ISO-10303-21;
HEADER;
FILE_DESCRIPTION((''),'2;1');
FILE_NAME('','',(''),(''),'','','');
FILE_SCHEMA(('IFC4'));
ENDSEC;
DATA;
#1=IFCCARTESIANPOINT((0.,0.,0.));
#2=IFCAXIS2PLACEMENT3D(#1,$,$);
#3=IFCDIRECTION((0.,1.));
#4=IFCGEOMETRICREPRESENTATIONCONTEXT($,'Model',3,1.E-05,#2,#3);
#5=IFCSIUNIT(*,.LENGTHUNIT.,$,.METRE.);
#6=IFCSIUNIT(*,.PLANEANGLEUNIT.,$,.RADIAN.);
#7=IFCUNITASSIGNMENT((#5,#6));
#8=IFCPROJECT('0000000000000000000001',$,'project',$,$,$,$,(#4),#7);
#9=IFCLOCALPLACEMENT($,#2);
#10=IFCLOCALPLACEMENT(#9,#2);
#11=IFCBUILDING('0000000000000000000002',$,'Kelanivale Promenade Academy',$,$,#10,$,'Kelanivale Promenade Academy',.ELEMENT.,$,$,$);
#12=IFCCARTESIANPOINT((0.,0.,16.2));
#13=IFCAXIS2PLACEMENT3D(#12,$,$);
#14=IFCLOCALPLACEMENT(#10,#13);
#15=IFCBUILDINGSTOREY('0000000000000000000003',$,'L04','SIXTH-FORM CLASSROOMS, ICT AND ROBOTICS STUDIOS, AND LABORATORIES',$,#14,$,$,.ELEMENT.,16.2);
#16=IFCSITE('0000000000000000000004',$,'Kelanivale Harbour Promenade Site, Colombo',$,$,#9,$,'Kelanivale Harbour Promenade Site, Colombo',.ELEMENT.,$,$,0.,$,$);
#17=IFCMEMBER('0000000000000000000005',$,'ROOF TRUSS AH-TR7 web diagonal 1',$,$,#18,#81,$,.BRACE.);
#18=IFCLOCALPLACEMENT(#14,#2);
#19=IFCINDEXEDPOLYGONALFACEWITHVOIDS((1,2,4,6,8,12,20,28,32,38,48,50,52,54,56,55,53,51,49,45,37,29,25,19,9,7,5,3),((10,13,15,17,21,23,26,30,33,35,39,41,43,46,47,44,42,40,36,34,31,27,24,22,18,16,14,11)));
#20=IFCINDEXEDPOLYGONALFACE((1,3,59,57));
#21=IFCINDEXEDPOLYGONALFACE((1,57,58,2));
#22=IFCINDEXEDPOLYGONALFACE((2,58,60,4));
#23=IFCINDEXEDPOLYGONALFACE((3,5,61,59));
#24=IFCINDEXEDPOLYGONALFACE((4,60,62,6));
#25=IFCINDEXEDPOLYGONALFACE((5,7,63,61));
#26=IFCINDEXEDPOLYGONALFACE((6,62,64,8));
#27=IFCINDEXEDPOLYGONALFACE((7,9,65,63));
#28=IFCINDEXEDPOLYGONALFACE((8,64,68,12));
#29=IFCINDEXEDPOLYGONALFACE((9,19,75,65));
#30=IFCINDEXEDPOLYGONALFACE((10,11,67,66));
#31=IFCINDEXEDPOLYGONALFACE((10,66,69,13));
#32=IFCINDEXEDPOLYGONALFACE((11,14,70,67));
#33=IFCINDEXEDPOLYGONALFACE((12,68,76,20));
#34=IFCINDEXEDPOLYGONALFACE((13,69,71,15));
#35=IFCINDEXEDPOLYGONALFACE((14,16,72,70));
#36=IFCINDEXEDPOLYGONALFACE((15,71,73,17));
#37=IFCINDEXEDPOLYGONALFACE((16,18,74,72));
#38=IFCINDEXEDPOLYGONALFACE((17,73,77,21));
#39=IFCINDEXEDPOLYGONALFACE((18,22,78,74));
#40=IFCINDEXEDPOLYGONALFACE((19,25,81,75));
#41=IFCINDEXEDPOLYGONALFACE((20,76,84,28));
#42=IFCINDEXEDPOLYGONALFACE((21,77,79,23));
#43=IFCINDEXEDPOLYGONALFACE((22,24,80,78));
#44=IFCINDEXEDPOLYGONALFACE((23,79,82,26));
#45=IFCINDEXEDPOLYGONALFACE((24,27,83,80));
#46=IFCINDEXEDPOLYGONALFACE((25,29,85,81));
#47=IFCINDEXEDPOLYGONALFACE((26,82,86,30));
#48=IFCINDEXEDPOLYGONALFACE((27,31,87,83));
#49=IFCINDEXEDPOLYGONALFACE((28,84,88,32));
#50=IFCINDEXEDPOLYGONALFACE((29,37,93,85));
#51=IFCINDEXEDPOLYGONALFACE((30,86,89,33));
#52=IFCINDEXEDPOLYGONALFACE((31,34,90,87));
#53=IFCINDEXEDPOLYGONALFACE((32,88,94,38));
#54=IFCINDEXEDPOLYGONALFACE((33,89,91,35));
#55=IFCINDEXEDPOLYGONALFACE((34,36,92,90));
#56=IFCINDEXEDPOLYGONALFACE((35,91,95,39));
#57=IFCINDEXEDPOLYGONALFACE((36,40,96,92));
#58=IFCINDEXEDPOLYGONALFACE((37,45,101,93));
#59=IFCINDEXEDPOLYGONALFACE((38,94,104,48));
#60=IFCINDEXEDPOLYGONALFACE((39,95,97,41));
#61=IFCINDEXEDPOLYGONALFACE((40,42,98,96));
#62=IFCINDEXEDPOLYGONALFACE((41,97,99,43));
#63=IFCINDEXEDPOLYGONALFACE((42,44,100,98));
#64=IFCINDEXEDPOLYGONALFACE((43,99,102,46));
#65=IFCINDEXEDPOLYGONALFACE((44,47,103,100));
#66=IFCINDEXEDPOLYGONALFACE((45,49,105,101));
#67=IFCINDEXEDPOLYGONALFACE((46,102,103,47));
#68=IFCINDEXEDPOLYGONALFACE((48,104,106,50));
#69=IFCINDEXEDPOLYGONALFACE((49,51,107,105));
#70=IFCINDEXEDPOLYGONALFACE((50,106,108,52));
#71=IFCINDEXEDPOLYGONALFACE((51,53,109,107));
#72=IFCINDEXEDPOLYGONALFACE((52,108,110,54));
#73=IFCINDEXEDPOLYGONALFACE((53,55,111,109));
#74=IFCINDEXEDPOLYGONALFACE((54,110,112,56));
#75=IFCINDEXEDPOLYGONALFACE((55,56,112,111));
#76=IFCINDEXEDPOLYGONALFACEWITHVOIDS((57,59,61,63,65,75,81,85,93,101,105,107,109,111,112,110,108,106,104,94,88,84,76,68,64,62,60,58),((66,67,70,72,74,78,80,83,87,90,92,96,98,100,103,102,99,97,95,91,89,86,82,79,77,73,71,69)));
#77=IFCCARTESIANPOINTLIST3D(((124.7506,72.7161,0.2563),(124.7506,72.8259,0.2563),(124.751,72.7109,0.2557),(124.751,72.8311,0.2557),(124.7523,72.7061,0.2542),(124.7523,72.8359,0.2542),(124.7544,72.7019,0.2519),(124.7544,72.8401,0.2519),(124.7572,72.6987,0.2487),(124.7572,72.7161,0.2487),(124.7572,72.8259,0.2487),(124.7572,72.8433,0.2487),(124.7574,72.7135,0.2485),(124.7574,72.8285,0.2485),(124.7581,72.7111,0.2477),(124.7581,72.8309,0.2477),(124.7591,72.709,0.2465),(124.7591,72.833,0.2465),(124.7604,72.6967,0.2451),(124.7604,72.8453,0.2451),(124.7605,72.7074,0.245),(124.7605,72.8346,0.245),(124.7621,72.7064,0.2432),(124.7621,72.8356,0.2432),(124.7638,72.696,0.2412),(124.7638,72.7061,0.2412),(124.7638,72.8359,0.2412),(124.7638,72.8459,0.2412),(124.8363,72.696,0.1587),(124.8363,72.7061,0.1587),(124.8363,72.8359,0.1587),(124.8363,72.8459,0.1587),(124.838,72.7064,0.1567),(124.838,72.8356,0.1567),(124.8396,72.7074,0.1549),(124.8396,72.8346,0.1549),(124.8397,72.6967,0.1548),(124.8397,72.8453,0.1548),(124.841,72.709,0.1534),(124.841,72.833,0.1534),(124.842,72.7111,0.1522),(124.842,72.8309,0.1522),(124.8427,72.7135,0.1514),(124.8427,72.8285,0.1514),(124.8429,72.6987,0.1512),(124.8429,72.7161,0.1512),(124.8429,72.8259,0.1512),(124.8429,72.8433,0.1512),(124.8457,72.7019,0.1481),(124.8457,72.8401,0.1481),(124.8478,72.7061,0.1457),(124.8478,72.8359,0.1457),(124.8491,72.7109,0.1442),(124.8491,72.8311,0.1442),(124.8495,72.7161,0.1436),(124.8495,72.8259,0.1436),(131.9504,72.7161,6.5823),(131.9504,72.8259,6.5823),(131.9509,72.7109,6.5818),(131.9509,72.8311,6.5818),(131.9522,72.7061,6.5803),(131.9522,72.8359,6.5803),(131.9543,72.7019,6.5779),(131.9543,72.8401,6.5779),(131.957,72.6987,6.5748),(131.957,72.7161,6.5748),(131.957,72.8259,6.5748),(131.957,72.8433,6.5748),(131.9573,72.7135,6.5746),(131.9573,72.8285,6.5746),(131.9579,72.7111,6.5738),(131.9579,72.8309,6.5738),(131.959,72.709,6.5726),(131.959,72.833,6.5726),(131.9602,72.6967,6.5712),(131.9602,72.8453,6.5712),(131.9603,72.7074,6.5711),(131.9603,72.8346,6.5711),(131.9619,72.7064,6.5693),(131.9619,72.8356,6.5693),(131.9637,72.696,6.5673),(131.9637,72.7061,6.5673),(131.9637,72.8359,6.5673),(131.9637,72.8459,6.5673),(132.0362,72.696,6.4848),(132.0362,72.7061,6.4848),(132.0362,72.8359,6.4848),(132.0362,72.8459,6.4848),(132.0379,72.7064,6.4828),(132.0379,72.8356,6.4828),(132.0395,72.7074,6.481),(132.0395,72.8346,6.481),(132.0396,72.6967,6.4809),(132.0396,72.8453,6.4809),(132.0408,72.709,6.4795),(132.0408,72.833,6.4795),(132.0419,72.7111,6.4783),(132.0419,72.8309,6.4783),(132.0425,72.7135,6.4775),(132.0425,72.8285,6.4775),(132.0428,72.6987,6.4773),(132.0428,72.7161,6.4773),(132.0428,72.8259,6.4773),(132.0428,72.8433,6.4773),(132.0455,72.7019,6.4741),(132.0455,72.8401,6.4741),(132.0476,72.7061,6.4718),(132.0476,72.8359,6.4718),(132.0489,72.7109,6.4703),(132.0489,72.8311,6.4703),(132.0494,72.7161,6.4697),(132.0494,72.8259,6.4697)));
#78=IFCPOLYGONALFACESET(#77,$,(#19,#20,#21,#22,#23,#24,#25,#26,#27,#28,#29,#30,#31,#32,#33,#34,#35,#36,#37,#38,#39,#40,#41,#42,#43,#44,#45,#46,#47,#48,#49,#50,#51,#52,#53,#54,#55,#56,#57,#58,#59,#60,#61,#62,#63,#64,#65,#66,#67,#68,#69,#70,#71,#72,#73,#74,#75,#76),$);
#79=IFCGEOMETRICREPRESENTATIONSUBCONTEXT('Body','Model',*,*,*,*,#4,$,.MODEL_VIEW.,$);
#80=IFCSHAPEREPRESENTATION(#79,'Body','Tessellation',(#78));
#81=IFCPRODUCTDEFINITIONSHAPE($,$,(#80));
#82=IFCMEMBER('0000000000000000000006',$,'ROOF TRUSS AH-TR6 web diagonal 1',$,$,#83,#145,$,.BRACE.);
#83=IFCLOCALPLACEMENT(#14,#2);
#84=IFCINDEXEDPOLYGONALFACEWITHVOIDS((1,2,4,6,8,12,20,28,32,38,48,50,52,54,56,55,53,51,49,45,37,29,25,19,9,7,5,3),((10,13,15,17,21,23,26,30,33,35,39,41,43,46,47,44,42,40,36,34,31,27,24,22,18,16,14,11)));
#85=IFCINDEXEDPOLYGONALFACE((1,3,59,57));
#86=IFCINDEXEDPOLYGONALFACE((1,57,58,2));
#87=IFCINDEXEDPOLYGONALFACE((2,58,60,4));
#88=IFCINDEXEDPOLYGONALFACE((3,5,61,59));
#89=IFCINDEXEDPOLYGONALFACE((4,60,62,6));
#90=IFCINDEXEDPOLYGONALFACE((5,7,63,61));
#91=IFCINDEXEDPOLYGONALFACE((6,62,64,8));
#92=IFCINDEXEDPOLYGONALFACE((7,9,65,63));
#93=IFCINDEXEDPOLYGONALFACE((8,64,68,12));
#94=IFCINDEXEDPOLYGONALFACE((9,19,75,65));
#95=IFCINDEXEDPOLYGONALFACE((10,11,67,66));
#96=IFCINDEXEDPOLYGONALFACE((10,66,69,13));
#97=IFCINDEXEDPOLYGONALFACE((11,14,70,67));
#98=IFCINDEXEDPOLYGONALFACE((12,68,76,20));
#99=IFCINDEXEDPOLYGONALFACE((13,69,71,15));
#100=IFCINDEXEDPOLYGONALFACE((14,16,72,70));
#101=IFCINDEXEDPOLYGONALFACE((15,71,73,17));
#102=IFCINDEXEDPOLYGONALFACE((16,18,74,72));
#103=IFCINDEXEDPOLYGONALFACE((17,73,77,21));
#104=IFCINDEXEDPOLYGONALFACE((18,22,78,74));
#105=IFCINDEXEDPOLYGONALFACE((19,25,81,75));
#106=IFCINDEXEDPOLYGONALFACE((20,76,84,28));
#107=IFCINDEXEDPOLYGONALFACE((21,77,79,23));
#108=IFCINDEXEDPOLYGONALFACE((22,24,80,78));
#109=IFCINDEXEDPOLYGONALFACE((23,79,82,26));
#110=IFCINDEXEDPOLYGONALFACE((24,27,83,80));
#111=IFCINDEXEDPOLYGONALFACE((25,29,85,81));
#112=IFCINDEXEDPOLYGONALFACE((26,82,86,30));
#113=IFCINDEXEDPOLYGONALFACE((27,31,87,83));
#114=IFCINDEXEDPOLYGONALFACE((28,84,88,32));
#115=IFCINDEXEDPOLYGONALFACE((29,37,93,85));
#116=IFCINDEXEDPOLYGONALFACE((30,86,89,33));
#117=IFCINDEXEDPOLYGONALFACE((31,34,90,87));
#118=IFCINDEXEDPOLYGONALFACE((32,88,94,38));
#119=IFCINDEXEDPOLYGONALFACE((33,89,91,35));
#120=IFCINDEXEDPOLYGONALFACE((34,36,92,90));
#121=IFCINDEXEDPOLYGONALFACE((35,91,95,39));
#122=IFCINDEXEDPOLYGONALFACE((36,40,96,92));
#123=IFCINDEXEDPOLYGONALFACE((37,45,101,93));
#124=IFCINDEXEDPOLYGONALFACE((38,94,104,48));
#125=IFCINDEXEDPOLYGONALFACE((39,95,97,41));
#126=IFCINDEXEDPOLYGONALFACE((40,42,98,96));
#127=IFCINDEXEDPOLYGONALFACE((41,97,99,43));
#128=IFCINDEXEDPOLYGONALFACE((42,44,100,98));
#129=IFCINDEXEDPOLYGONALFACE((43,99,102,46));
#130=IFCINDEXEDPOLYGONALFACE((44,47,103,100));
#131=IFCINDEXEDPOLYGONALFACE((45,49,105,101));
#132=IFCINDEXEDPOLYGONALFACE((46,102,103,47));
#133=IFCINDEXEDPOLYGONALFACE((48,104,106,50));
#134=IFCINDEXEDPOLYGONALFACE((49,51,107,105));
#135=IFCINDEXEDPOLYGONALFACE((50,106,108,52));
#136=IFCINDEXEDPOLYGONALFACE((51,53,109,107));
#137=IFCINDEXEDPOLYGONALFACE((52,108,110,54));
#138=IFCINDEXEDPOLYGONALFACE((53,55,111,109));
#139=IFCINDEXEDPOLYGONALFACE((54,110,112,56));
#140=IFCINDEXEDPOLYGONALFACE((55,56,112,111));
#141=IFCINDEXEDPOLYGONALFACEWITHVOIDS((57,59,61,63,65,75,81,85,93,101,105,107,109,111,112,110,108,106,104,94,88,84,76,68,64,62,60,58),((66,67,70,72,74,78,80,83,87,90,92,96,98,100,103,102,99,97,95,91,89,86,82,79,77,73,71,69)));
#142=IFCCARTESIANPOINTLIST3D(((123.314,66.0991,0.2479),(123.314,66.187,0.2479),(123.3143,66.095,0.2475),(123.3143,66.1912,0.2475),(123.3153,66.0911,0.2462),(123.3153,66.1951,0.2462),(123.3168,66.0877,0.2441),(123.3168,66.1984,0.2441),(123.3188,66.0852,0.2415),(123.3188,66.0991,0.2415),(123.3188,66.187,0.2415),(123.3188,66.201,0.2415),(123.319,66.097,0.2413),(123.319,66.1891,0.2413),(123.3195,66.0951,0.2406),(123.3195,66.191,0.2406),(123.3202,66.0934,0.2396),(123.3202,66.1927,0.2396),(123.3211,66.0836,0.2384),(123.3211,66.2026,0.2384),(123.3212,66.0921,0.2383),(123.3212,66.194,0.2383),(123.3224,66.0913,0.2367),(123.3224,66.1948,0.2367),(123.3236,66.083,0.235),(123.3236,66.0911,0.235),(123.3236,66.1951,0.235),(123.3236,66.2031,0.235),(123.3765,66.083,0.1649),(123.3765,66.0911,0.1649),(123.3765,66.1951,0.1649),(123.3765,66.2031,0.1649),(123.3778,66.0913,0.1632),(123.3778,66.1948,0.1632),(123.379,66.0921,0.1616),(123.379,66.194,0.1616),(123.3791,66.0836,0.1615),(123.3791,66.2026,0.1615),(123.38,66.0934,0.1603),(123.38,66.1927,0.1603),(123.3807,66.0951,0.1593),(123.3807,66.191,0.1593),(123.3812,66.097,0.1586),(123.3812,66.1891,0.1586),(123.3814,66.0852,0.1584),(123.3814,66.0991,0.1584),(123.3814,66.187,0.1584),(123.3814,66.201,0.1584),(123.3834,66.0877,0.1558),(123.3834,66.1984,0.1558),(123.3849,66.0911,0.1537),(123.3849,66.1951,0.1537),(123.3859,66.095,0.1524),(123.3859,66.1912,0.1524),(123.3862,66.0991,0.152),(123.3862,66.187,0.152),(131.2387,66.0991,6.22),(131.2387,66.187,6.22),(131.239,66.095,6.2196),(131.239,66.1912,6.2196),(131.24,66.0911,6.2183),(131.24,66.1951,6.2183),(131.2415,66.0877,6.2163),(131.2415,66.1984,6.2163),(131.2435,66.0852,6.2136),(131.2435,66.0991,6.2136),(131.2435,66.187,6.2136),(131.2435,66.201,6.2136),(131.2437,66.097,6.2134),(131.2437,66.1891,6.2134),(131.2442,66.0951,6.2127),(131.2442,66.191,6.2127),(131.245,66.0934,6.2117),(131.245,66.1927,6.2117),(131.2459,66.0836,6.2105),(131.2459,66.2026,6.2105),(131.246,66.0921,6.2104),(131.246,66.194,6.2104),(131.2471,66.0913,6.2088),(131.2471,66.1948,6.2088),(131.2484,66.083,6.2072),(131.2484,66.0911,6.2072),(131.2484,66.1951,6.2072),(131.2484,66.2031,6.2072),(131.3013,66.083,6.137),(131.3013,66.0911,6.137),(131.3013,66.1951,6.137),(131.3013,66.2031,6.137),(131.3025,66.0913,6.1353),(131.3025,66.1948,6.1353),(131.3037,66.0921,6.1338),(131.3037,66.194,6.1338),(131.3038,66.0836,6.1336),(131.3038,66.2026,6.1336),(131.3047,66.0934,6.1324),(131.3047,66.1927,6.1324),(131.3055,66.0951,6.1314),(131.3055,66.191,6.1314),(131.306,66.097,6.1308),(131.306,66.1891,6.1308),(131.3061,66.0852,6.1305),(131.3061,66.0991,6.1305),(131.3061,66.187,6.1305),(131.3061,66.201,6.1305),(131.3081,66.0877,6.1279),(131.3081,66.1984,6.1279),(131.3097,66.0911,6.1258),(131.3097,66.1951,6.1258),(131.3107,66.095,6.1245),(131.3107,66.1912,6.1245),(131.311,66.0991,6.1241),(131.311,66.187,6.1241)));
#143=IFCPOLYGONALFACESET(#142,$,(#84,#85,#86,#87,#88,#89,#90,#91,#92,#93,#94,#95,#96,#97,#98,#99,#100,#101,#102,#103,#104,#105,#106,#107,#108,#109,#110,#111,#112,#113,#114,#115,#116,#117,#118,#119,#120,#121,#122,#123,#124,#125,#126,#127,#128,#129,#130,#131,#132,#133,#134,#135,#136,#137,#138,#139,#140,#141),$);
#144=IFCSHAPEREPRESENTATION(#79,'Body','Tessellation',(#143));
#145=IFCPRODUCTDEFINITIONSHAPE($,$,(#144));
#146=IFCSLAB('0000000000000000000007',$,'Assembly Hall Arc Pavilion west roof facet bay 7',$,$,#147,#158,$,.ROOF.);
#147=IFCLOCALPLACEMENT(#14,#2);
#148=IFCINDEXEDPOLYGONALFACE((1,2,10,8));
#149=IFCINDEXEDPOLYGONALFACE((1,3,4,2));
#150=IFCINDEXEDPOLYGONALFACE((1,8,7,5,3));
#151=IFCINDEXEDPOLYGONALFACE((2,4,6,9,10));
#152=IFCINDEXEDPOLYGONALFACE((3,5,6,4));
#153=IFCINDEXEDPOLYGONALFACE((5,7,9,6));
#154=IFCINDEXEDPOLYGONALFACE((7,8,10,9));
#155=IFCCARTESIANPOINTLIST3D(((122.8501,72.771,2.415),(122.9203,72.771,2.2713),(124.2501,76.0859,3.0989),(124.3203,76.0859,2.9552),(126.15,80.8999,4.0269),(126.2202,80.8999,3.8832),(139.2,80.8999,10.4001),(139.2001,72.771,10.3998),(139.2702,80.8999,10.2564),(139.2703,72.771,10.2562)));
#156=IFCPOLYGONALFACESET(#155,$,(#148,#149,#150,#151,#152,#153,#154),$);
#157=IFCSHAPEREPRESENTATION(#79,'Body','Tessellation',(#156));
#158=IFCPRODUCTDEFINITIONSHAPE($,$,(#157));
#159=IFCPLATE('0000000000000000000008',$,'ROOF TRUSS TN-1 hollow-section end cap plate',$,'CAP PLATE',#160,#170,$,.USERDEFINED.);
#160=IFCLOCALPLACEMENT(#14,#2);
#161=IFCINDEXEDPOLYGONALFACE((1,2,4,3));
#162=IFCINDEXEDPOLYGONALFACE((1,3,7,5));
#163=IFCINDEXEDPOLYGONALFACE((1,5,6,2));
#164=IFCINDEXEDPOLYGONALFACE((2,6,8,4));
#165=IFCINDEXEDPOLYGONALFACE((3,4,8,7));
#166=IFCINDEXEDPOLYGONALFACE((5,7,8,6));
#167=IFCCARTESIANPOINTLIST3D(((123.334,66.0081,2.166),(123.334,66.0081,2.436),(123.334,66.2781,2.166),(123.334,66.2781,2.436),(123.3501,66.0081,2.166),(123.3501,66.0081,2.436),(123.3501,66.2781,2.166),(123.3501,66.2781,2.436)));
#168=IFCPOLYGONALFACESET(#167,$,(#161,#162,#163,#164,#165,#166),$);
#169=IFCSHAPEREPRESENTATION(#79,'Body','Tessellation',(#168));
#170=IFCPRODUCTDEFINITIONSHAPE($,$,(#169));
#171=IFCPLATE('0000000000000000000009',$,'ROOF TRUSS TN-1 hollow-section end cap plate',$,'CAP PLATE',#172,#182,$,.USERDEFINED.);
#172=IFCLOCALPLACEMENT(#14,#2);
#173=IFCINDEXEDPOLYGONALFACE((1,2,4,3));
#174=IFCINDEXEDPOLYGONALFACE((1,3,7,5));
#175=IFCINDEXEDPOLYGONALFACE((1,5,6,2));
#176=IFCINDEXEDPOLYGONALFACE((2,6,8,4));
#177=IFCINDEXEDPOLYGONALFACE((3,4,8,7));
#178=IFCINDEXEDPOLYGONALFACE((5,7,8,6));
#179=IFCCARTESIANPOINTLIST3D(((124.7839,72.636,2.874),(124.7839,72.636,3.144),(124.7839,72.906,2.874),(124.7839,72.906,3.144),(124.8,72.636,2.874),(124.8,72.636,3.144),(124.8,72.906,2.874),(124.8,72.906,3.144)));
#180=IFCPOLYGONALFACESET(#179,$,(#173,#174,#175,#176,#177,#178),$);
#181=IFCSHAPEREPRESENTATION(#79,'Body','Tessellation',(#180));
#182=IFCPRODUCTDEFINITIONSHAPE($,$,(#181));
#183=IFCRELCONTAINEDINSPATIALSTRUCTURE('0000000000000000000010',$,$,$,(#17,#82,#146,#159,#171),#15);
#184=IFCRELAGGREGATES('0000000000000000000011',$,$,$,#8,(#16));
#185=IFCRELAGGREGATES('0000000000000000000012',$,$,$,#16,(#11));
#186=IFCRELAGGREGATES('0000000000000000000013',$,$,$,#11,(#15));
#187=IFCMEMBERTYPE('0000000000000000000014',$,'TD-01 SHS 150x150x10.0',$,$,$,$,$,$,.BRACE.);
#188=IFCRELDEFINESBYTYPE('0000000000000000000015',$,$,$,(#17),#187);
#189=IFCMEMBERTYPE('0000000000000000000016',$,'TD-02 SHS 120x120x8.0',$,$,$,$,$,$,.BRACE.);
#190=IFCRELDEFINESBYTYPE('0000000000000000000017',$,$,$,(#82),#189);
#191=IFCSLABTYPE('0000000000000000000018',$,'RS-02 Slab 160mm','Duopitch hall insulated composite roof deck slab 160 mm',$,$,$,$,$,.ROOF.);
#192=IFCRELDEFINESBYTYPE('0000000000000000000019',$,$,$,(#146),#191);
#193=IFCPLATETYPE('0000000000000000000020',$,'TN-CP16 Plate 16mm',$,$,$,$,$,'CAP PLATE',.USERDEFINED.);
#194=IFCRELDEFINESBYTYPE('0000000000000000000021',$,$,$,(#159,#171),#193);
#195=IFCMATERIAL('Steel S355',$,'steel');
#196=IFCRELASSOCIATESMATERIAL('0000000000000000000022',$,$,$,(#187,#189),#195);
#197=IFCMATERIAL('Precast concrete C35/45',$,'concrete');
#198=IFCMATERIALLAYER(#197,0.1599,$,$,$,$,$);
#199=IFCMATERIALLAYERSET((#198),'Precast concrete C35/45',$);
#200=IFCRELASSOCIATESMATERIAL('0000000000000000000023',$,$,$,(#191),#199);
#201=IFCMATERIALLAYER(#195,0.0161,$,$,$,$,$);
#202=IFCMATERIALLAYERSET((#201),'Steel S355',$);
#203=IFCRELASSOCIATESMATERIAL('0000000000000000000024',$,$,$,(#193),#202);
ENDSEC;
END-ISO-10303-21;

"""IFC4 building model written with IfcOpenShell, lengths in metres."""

from ifc_helpers import new_model, si_unit, direction, frame, origin, origin_2d, place, context, subcontext, project, spatial, polyline, rectangle, hollow_rectangle, outline, extrude, material, layer, layer_set, material_profile, profile_set, type_object, element, save


model = new_model("IFC4")

# Units and contexts
model_context = context("Model", 3, precision=1e-05, world=origin(), true_north=direction((0.0, 1.0)))
body_context = subcontext(model_context, "Body", "Model", "MODEL_VIEW")
ifc_project = project(units=[si_unit("LENGTHUNIT", "METRE"), si_unit("PLANEANGLEUNIT", "RADIAN")], contexts=[model_context])

# Site, building, storey
site_placement = place(None, origin())
site = spatial("IfcSite", under=ifc_project, at=site_placement, Name="Kelanivale Harbour Promenade Site, Colombo", LongName="Kelanivale Harbour Promenade Site, Colombo", CompositionType="ELEMENT", RefElevation=0.0)
building_placement = place(site_placement, origin())
building = spatial("IfcBuilding", under=site, at=building_placement, Name="Kelanivale Promenade Academy", LongName="Kelanivale Promenade Academy", CompositionType="ELEMENT")
storey_placement = place(building_placement, frame((0.0, 0.0, 16.2)))
storey = spatial("IfcBuildingStorey", under=building, at=storey_placement, Name="L04", Description="SIXTH-FORM CLASSROOMS, ICT AND ROBOTICS STUDIOS, AND LABORATORIES", CompositionType="ELEMENT", Elevation=16.2)

# Shared definitions
ifc_material_1 = material(Name="Steel S355", Category="steel")

# Members
ifc_material_profile_1 = material_profile(ifc_material_1, hollow_rectangle(XDim=0.1499, YDim=0.1499, WallThickness=0.01, InnerFilletRadius=0.01, OuterFilletRadius=0.02, at=origin_2d()), Name="SHS 150x150x10.0")
ifc_profile_set_1 = profile_set([ifc_material_profile_1], Name="Steel S355")
member_type_1 = type_object("IfcMemberType", Name="TD-01 SHS 150x150x10.0", PredefinedType="BRACE", material=ifc_profile_set_1)
member_1_placement = place(storey_placement, frame((124.8, 72.771, 0.2), z_axis=(0.75122, 0.0, 0.660052), x_axis=(0.0, 1.0, 0.0)))
element("IfcMember", 1, at=member_1_placement, inside=storey, type_object=member_type_1, Name="ROOF TRUSS AH-TR7 web diagonal 1", PredefinedType="BRACE", context=body_context, shape_type="SweptSolid", body=[
    extrude(hollow_rectangle(XDim=0.1499, YDim=0.1499, WallThickness=0.01, InnerFilletRadius=0.01, OuterFilletRadius=0.02, at=origin_2d()), origin(), (0.0, 0.0, 1.0), 9.5842),
])
ifc_material_profile_2 = material_profile(ifc_material_1, hollow_rectangle(XDim=0.1201, YDim=0.1201, WallThickness=0.0081, InnerFilletRadius=0.0081, OuterFilletRadius=0.0161, at=origin_2d()), Name="SHS 120x120x8.0")
ifc_profile_set_2 = profile_set([ifc_material_profile_2], Name="Steel S355")
member_type_2 = type_object("IfcMemberType", Name="TD-02 SHS 120x120x8.0", PredefinedType="BRACE", material=ifc_profile_set_2)
member_2_placement = place(storey_placement, frame((123.3501, 66.1431, 0.2), z_axis=(0.798616, 0.0, 0.601841), x_axis=(0.0, 1.0, 0.0)))
element("IfcMember", 2, at=member_2_placement, inside=storey, type_object=member_type_2, Name="ROOF TRUSS AH-TR6 web diagonal 1", PredefinedType="BRACE", context=body_context, shape_type="SweptSolid", body=[
    extrude(hollow_rectangle(XDim=0.1201, YDim=0.1201, WallThickness=0.0081, InnerFilletRadius=0.0081, OuterFilletRadius=0.0161, at=origin_2d()), origin(), (0.0, 0.0, 1.0), 9.9231),
])

# Slab
ifc_material_2 = material(Name="Precast concrete C35/45", Category="concrete")
ifc_layer_1 = layer(ifc_material_2, 0.1599)
ifc_layer_set_1 = layer_set([ifc_layer_1], Name="Precast concrete C35/45")
slab_type = type_object("IfcSlabType", Name="RS-02 Slab 160mm", Description="Duopitch hall insulated composite roof deck slab 160 mm", PredefinedType="ROOF", material=ifc_layer_set_1)
slab_placement = place(storey_placement, frame((122.8501, 72.771, 2.415), z_axis=(-0.438832, -0.000031, 0.898569), x_axis=(0.898569, 0.0, 0.438832)))
element("IfcSlab", 3, at=slab_placement, inside=storey, type_object=slab_type, Name="Assembly Hall Arc Pavilion west roof facet bay 7", PredefinedType="ROOF", context=body_context, shape_type="SweptSolid", body=[
    extrude(outline(polyline([(0.0, 0.0), (18.1956, 0.0), (18.1956, 8.1289), (3.6725, 8.1289), (1.5581, 3.3149), (0.0, 0.0)])), origin(), (0.0, 0.0, -1.0), 0.1599),
])

# Plates
ifc_layer_2 = layer(ifc_material_1, 0.0161)
ifc_layer_set_2 = layer_set([ifc_layer_2], Name="Steel S355")
plate_type_1 = type_object("IfcPlateType", Name="TN-CP16 Plate 16mm", ElementType="CAP PLATE", PredefinedType="USERDEFINED", material=ifc_layer_set_2)
for number, where, z_axis, x_axis, name in (
    (4, (123.342, 66.1431, 2.166), (0.0, 0.0, 1.0), (-1.0, 0.0, 0.0), "ROOF TRUSS TN-1 hollow-section end cap plate"),
    (5, (124.792, 72.771, 2.874), (0.0, 0.0, 1.0), (-1.0, 0.0, 0.0), "ROOF TRUSS TN-1 hollow-section end cap plate"),
):
    element("IfcPlate", number, at=place(storey_placement, frame(where, z_axis=z_axis, x_axis=x_axis)), inside=storey, type_object=plate_type_1, Name=name, ObjectType="CAP PLATE", PredefinedType="USERDEFINED", context=body_context, shape_type="SweptSolid", body=[
        extrude(rectangle(XDim=0.0161, YDim=0.27, at=origin_2d()), origin(), (0.0, 0.0, 1.0), 0.27),
    ])

save(model, "model.ifc")
